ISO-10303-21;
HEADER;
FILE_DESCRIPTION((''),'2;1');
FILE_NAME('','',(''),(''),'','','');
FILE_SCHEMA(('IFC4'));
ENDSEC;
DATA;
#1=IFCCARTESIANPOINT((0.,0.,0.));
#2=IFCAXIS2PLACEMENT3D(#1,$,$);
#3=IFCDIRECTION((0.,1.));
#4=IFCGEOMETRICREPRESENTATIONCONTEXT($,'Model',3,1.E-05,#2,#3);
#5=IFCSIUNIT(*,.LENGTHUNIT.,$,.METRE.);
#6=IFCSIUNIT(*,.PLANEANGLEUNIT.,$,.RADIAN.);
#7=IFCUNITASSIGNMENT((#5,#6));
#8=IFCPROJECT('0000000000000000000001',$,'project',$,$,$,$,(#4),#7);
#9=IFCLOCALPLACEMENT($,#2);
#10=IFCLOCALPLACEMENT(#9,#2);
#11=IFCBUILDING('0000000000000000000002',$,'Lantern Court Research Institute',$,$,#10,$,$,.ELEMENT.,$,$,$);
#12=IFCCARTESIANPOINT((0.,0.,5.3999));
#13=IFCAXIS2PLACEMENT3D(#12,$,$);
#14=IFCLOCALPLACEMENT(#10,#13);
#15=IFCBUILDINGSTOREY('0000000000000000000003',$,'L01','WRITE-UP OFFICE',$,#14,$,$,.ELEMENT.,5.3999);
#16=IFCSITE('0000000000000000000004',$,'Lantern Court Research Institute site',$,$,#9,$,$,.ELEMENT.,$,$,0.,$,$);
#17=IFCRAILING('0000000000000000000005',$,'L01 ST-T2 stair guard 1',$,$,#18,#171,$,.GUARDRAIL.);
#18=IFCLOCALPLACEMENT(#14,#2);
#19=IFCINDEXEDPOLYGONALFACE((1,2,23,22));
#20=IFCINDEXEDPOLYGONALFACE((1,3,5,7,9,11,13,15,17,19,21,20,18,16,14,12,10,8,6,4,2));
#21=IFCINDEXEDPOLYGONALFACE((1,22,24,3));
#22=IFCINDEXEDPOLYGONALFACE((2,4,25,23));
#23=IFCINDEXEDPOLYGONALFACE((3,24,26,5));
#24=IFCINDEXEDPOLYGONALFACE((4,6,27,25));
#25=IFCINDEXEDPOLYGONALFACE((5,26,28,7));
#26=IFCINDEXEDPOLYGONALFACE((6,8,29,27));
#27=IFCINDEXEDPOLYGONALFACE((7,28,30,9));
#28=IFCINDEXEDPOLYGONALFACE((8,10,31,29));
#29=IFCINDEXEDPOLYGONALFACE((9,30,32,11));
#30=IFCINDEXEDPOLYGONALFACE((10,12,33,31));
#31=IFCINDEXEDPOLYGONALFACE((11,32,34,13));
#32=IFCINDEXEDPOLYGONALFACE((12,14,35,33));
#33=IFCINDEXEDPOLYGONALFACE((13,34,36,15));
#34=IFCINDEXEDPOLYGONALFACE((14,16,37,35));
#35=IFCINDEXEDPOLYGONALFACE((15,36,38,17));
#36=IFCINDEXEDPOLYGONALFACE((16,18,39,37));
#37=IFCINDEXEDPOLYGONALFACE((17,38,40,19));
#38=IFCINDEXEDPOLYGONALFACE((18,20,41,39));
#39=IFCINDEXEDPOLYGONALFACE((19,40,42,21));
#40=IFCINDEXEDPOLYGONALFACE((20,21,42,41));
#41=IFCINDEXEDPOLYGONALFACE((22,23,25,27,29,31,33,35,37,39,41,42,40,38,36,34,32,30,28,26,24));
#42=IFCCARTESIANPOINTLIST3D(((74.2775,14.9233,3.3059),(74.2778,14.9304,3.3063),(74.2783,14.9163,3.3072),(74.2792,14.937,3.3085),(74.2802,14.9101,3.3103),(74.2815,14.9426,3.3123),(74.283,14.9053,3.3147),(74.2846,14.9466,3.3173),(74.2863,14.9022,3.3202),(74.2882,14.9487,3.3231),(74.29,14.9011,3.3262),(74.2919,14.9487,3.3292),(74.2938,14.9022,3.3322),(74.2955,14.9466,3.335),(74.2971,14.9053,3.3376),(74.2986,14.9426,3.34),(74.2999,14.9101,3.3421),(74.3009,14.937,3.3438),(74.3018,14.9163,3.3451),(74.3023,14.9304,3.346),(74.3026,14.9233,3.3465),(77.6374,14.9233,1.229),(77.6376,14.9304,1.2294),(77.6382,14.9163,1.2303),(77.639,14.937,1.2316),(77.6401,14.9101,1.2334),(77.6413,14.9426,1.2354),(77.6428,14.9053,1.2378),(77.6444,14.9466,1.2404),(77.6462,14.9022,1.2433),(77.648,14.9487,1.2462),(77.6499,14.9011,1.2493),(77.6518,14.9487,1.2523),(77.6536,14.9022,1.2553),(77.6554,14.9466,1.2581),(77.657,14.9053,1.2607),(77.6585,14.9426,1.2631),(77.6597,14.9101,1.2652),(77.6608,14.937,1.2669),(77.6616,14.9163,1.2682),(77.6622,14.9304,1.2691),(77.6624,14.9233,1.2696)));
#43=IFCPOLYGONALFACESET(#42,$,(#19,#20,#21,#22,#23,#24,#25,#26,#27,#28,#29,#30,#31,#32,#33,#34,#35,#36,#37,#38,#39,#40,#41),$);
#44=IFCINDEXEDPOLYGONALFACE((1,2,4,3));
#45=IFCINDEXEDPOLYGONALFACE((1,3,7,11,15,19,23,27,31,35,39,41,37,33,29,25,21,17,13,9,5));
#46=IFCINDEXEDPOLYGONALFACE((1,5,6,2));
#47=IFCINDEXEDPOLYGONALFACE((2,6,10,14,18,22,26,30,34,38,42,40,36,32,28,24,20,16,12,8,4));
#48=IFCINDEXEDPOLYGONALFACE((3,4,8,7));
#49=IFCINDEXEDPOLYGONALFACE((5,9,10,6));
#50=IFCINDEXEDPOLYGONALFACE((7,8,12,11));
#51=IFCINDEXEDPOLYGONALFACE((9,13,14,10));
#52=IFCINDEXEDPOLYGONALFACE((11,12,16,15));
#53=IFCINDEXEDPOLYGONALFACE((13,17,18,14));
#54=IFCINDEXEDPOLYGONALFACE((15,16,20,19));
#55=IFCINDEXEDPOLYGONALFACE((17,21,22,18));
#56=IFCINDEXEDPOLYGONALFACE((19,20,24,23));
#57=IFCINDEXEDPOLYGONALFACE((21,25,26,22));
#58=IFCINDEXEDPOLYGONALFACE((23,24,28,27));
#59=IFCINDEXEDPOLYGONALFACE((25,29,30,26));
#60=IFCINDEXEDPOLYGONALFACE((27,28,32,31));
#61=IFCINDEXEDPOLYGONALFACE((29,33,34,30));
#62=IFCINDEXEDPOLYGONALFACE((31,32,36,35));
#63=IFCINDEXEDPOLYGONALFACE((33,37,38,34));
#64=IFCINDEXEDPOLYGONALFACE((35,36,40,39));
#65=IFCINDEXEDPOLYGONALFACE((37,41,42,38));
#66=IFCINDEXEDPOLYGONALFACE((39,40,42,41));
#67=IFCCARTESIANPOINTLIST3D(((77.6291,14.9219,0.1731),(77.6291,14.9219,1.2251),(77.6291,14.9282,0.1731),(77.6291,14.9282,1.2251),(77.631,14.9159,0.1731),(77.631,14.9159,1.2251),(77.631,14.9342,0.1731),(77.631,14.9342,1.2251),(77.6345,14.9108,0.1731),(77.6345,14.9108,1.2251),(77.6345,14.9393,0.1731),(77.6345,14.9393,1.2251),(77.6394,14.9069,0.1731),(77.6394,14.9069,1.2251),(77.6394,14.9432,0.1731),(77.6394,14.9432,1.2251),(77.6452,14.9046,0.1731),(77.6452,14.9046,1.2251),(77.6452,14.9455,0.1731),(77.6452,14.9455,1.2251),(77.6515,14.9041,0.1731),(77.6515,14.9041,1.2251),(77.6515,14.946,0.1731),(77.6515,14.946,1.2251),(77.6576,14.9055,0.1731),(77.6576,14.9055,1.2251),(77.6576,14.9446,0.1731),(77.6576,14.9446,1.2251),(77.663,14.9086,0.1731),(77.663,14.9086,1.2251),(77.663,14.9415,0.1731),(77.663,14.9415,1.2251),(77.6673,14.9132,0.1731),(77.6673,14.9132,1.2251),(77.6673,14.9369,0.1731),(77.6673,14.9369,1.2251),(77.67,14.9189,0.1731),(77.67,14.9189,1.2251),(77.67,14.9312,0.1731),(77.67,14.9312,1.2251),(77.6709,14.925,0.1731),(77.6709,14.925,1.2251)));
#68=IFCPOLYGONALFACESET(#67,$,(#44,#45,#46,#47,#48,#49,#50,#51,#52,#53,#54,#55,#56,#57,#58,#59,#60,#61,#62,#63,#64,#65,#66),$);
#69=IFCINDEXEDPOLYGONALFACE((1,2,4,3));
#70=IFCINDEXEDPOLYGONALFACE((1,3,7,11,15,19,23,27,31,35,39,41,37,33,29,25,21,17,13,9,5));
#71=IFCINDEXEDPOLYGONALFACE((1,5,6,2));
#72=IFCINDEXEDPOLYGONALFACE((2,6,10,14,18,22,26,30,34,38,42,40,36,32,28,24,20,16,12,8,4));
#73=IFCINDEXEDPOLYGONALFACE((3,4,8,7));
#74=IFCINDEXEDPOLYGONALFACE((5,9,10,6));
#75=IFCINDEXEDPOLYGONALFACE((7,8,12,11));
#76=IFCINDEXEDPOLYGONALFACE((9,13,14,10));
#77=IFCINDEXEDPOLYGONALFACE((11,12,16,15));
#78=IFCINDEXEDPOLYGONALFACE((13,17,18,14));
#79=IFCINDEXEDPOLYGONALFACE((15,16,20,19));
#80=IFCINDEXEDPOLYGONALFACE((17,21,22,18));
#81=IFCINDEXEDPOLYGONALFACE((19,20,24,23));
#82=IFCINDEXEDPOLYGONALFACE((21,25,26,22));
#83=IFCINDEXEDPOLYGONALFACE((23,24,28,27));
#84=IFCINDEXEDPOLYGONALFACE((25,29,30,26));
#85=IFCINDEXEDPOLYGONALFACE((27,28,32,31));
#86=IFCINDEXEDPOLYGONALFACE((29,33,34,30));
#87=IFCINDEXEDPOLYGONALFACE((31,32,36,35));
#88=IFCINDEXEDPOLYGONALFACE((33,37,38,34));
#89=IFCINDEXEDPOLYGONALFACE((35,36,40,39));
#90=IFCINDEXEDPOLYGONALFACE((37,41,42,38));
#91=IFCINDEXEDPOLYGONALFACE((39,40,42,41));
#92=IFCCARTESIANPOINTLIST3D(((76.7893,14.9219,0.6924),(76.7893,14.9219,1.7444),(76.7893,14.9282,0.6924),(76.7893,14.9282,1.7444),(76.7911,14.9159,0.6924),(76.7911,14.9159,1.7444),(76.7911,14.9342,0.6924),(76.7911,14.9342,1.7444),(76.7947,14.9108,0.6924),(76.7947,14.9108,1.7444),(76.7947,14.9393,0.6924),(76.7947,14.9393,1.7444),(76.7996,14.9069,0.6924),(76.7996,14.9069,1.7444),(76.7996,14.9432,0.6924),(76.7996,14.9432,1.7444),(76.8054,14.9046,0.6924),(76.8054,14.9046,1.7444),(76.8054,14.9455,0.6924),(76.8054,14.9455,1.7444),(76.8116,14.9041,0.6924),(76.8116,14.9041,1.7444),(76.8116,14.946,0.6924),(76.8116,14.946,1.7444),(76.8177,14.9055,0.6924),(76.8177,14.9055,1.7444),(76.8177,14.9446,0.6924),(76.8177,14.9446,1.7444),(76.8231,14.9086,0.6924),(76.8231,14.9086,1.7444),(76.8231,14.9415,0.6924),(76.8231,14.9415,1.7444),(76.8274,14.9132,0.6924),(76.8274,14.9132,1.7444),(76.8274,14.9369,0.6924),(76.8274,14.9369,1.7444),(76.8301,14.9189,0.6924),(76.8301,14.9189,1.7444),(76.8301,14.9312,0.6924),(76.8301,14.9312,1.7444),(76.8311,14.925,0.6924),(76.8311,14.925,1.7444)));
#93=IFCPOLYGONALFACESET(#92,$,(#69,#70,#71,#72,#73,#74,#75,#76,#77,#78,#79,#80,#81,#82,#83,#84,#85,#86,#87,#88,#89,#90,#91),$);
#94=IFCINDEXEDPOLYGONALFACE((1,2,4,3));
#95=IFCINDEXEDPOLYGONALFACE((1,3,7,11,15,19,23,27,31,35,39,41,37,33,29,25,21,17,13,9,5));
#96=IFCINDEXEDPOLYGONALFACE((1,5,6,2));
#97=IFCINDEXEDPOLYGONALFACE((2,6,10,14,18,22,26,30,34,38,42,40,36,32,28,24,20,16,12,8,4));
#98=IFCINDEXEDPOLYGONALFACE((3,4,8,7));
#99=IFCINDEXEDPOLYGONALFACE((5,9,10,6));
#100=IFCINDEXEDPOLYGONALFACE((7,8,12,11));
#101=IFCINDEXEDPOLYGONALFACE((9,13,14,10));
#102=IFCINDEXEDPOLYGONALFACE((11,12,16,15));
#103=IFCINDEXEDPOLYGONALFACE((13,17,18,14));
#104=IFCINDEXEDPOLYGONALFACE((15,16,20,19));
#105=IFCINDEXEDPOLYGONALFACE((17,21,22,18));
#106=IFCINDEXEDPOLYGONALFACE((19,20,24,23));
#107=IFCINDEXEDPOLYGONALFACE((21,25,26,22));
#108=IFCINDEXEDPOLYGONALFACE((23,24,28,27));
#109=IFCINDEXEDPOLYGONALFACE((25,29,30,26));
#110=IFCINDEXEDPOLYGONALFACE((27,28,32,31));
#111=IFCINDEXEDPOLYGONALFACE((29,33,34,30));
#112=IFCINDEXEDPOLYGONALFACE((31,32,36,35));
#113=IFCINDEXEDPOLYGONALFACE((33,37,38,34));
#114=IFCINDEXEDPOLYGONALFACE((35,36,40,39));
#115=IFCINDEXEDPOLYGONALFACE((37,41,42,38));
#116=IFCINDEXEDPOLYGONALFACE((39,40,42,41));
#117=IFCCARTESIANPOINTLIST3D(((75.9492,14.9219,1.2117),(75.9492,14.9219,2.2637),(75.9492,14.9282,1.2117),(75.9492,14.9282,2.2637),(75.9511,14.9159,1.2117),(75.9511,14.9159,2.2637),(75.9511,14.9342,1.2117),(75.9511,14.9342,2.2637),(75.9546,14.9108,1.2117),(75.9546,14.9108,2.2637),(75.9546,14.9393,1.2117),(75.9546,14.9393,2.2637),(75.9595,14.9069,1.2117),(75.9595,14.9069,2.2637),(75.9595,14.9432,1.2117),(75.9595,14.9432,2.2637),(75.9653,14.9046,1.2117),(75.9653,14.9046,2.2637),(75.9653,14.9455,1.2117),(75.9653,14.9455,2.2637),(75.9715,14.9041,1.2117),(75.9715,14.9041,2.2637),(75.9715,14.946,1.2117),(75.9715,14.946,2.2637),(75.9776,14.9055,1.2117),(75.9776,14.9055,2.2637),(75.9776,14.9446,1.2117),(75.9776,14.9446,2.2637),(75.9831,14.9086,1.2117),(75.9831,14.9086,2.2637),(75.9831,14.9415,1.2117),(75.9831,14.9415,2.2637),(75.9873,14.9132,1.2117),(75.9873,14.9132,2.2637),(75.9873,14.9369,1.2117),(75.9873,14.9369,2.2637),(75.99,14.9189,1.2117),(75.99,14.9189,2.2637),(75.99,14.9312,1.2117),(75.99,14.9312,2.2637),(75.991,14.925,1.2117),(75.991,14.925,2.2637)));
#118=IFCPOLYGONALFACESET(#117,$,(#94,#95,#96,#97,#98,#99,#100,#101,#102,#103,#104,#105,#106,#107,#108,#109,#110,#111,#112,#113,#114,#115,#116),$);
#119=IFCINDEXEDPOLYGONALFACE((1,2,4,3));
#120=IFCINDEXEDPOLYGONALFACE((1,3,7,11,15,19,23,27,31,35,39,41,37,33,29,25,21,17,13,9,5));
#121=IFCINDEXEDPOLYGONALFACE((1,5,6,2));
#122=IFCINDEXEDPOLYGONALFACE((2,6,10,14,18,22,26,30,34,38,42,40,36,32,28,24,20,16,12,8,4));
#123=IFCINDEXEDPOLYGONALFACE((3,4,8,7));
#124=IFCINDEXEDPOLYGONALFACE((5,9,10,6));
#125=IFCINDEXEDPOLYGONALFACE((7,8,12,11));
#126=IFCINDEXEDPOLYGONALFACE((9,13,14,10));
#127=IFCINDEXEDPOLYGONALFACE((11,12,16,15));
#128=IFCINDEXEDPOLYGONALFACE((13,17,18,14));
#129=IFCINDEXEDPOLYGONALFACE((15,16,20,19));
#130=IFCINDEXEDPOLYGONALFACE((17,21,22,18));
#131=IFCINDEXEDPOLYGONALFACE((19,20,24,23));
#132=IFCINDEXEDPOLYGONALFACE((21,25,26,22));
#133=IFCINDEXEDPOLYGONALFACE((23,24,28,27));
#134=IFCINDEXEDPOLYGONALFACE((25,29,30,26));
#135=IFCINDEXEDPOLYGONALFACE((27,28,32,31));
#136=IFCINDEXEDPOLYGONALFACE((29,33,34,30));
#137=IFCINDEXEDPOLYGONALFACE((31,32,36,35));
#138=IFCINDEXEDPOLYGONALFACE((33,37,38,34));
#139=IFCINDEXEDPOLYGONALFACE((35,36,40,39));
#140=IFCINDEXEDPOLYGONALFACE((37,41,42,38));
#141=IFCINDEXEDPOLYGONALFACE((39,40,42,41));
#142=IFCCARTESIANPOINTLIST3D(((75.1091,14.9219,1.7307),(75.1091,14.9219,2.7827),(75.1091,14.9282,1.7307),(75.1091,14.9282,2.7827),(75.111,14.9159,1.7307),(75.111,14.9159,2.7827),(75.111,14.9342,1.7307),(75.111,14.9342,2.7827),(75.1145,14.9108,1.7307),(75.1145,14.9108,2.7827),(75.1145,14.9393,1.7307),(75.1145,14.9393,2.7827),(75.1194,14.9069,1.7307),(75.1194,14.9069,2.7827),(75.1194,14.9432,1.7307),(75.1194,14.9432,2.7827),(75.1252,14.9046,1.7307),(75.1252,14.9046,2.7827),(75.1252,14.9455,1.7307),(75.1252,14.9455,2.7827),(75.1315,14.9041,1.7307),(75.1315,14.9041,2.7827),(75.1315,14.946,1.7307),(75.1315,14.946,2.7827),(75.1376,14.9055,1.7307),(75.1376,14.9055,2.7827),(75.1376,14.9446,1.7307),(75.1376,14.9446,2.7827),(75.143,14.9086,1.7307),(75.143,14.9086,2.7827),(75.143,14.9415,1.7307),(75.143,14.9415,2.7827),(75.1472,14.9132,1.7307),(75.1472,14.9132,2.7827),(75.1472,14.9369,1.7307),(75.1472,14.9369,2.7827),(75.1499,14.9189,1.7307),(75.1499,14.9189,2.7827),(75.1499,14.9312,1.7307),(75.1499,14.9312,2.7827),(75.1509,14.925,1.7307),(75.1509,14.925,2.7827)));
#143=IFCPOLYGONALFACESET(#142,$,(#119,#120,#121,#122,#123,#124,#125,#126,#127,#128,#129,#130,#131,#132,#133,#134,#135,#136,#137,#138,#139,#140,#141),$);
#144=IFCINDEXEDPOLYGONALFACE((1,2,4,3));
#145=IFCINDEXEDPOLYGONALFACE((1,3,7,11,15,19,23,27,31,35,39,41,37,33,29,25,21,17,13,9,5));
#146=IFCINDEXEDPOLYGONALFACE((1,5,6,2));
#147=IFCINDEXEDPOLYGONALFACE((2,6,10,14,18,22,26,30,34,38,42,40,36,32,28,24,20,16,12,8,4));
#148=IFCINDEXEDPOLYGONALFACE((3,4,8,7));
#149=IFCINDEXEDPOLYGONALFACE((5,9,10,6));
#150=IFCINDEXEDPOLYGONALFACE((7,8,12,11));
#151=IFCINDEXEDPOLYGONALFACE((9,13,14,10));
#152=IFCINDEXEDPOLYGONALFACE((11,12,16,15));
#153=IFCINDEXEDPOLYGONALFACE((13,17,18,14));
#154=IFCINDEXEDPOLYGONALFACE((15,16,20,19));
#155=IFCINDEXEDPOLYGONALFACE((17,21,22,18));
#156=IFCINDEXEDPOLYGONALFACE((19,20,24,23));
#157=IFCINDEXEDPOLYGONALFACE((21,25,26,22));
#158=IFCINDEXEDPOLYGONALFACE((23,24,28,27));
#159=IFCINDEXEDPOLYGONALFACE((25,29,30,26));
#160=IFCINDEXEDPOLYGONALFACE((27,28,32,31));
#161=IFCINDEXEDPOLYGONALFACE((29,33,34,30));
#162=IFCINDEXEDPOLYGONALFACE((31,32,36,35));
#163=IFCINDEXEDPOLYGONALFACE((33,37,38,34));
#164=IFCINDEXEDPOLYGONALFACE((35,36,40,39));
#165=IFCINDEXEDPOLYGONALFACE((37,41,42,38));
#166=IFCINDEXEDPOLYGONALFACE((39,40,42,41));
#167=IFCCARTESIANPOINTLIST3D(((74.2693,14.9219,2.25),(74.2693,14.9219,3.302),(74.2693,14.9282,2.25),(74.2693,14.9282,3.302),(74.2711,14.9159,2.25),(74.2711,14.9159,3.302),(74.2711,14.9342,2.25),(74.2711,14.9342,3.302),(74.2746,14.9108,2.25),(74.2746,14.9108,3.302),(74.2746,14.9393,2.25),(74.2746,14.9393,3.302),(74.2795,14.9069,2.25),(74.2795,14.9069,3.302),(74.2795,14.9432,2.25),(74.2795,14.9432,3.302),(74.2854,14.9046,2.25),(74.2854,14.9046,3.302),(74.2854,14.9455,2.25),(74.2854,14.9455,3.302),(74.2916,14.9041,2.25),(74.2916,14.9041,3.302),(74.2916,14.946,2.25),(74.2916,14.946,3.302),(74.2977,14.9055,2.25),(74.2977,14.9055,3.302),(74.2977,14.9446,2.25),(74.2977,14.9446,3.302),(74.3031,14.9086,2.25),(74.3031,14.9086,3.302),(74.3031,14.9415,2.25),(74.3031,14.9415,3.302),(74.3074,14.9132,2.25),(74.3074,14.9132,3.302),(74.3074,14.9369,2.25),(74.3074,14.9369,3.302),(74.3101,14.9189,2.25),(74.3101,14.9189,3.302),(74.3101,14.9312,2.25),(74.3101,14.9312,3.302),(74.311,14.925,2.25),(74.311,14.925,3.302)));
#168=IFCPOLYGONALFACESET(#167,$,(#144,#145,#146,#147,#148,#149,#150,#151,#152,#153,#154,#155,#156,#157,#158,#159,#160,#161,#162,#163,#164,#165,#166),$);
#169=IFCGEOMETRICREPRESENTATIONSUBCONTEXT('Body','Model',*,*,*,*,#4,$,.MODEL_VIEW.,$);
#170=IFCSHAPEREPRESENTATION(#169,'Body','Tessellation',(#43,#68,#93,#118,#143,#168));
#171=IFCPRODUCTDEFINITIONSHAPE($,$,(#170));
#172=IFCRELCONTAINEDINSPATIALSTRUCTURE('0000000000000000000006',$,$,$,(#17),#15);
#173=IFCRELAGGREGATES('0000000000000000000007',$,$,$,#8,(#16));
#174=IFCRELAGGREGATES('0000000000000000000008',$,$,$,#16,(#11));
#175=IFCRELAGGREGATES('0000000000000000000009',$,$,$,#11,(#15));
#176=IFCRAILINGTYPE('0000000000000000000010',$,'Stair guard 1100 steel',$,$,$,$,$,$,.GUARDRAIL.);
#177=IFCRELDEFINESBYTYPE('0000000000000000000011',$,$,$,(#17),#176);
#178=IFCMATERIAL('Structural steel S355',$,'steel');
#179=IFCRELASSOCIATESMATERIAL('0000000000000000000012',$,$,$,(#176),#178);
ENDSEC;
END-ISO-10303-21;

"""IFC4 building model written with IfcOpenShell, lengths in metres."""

from ifc_helpers import new_model, si_unit, direction, frame, origin, origin_2d, place, context, subcontext, project, spatial, circle, extrude, material, type_object, element, save


model = new_model("IFC4")

# Units and contexts
model_context = context("Model", 3, precision=1e-05, world=origin(), true_north=direction((0.0, 1.0)))
body_context = subcontext(model_context, "Body", "Model", "MODEL_VIEW")
ifc_project = project(units=[si_unit("LENGTHUNIT", "METRE"), si_unit("PLANEANGLEUNIT", "RADIAN")], contexts=[model_context])

# Site, building, storey
site_placement = place(None, origin())
site = spatial("IfcSite", under=ifc_project, at=site_placement, Name="Lantern Court Research Institute site", CompositionType="ELEMENT", RefElevation=0.0)
building_placement = place(site_placement, origin())
building = spatial("IfcBuilding", under=site, at=building_placement, Name="Lantern Court Research Institute", CompositionType="ELEMENT")
storey_placement = place(building_placement, frame((0.0, 0.0, 5.3999)))
storey = spatial("IfcBuildingStorey", under=building, at=storey_placement, Name="L01", Description="WRITE-UP OFFICE", CompositionType="ELEMENT", Elevation=5.3999)

# Railing
ifc_material_1 = material(Name="Structural steel S355", Category="steel")
railing_type_1 = type_object("IfcRailingType", Name="Stair guard 1100 steel", PredefinedType="GUARDRAIL", material=ifc_material_1)
railing_1_placement = place(storey_placement, frame((77.6499, 14.925, 0.1731)))
element("IfcRailing", 1, at=railing_1_placement, inside=storey, type_object=railing_type_1, Name="L01 ST-T2 stair guard 1", PredefinedType="GUARDRAIL", context=body_context, shape_type="SweptSolid", body=[
    extrude(circle(Radius=0.0239, at=origin_2d()), frame((0.0, 0.0, 1.0762), z_axis=(-0.850606, 0.0, 0.525803), x_axis=(0.0, -1.0, 0.0)), (0.0, 0.0, 1.0), 3.95),
    extrude(circle(Radius=0.021, at=origin_2d()), origin(), (0.0, 0.0, 1.0), 1.052),
    extrude(circle(Radius=0.021, at=origin_2d()), frame((-0.8398, 0.0, 0.5193)), (0.0, 0.0, 1.0), 1.052),
    extrude(circle(Radius=0.021, at=origin_2d()), frame((-1.6799, 0.0, 1.0386)), (0.0, 0.0, 1.0), 1.052),
    extrude(circle(Radius=0.021, at=origin_2d()), frame((-2.52, 0.0, 1.5576)), (0.0, 0.0, 1.0), 1.052),
    extrude(circle(Radius=0.021, at=origin_2d()), frame((-3.3599, 0.0, 2.0769)), (0.0, 0.0, 1.0), 1.052),
])

save(model, "model.ifc")
